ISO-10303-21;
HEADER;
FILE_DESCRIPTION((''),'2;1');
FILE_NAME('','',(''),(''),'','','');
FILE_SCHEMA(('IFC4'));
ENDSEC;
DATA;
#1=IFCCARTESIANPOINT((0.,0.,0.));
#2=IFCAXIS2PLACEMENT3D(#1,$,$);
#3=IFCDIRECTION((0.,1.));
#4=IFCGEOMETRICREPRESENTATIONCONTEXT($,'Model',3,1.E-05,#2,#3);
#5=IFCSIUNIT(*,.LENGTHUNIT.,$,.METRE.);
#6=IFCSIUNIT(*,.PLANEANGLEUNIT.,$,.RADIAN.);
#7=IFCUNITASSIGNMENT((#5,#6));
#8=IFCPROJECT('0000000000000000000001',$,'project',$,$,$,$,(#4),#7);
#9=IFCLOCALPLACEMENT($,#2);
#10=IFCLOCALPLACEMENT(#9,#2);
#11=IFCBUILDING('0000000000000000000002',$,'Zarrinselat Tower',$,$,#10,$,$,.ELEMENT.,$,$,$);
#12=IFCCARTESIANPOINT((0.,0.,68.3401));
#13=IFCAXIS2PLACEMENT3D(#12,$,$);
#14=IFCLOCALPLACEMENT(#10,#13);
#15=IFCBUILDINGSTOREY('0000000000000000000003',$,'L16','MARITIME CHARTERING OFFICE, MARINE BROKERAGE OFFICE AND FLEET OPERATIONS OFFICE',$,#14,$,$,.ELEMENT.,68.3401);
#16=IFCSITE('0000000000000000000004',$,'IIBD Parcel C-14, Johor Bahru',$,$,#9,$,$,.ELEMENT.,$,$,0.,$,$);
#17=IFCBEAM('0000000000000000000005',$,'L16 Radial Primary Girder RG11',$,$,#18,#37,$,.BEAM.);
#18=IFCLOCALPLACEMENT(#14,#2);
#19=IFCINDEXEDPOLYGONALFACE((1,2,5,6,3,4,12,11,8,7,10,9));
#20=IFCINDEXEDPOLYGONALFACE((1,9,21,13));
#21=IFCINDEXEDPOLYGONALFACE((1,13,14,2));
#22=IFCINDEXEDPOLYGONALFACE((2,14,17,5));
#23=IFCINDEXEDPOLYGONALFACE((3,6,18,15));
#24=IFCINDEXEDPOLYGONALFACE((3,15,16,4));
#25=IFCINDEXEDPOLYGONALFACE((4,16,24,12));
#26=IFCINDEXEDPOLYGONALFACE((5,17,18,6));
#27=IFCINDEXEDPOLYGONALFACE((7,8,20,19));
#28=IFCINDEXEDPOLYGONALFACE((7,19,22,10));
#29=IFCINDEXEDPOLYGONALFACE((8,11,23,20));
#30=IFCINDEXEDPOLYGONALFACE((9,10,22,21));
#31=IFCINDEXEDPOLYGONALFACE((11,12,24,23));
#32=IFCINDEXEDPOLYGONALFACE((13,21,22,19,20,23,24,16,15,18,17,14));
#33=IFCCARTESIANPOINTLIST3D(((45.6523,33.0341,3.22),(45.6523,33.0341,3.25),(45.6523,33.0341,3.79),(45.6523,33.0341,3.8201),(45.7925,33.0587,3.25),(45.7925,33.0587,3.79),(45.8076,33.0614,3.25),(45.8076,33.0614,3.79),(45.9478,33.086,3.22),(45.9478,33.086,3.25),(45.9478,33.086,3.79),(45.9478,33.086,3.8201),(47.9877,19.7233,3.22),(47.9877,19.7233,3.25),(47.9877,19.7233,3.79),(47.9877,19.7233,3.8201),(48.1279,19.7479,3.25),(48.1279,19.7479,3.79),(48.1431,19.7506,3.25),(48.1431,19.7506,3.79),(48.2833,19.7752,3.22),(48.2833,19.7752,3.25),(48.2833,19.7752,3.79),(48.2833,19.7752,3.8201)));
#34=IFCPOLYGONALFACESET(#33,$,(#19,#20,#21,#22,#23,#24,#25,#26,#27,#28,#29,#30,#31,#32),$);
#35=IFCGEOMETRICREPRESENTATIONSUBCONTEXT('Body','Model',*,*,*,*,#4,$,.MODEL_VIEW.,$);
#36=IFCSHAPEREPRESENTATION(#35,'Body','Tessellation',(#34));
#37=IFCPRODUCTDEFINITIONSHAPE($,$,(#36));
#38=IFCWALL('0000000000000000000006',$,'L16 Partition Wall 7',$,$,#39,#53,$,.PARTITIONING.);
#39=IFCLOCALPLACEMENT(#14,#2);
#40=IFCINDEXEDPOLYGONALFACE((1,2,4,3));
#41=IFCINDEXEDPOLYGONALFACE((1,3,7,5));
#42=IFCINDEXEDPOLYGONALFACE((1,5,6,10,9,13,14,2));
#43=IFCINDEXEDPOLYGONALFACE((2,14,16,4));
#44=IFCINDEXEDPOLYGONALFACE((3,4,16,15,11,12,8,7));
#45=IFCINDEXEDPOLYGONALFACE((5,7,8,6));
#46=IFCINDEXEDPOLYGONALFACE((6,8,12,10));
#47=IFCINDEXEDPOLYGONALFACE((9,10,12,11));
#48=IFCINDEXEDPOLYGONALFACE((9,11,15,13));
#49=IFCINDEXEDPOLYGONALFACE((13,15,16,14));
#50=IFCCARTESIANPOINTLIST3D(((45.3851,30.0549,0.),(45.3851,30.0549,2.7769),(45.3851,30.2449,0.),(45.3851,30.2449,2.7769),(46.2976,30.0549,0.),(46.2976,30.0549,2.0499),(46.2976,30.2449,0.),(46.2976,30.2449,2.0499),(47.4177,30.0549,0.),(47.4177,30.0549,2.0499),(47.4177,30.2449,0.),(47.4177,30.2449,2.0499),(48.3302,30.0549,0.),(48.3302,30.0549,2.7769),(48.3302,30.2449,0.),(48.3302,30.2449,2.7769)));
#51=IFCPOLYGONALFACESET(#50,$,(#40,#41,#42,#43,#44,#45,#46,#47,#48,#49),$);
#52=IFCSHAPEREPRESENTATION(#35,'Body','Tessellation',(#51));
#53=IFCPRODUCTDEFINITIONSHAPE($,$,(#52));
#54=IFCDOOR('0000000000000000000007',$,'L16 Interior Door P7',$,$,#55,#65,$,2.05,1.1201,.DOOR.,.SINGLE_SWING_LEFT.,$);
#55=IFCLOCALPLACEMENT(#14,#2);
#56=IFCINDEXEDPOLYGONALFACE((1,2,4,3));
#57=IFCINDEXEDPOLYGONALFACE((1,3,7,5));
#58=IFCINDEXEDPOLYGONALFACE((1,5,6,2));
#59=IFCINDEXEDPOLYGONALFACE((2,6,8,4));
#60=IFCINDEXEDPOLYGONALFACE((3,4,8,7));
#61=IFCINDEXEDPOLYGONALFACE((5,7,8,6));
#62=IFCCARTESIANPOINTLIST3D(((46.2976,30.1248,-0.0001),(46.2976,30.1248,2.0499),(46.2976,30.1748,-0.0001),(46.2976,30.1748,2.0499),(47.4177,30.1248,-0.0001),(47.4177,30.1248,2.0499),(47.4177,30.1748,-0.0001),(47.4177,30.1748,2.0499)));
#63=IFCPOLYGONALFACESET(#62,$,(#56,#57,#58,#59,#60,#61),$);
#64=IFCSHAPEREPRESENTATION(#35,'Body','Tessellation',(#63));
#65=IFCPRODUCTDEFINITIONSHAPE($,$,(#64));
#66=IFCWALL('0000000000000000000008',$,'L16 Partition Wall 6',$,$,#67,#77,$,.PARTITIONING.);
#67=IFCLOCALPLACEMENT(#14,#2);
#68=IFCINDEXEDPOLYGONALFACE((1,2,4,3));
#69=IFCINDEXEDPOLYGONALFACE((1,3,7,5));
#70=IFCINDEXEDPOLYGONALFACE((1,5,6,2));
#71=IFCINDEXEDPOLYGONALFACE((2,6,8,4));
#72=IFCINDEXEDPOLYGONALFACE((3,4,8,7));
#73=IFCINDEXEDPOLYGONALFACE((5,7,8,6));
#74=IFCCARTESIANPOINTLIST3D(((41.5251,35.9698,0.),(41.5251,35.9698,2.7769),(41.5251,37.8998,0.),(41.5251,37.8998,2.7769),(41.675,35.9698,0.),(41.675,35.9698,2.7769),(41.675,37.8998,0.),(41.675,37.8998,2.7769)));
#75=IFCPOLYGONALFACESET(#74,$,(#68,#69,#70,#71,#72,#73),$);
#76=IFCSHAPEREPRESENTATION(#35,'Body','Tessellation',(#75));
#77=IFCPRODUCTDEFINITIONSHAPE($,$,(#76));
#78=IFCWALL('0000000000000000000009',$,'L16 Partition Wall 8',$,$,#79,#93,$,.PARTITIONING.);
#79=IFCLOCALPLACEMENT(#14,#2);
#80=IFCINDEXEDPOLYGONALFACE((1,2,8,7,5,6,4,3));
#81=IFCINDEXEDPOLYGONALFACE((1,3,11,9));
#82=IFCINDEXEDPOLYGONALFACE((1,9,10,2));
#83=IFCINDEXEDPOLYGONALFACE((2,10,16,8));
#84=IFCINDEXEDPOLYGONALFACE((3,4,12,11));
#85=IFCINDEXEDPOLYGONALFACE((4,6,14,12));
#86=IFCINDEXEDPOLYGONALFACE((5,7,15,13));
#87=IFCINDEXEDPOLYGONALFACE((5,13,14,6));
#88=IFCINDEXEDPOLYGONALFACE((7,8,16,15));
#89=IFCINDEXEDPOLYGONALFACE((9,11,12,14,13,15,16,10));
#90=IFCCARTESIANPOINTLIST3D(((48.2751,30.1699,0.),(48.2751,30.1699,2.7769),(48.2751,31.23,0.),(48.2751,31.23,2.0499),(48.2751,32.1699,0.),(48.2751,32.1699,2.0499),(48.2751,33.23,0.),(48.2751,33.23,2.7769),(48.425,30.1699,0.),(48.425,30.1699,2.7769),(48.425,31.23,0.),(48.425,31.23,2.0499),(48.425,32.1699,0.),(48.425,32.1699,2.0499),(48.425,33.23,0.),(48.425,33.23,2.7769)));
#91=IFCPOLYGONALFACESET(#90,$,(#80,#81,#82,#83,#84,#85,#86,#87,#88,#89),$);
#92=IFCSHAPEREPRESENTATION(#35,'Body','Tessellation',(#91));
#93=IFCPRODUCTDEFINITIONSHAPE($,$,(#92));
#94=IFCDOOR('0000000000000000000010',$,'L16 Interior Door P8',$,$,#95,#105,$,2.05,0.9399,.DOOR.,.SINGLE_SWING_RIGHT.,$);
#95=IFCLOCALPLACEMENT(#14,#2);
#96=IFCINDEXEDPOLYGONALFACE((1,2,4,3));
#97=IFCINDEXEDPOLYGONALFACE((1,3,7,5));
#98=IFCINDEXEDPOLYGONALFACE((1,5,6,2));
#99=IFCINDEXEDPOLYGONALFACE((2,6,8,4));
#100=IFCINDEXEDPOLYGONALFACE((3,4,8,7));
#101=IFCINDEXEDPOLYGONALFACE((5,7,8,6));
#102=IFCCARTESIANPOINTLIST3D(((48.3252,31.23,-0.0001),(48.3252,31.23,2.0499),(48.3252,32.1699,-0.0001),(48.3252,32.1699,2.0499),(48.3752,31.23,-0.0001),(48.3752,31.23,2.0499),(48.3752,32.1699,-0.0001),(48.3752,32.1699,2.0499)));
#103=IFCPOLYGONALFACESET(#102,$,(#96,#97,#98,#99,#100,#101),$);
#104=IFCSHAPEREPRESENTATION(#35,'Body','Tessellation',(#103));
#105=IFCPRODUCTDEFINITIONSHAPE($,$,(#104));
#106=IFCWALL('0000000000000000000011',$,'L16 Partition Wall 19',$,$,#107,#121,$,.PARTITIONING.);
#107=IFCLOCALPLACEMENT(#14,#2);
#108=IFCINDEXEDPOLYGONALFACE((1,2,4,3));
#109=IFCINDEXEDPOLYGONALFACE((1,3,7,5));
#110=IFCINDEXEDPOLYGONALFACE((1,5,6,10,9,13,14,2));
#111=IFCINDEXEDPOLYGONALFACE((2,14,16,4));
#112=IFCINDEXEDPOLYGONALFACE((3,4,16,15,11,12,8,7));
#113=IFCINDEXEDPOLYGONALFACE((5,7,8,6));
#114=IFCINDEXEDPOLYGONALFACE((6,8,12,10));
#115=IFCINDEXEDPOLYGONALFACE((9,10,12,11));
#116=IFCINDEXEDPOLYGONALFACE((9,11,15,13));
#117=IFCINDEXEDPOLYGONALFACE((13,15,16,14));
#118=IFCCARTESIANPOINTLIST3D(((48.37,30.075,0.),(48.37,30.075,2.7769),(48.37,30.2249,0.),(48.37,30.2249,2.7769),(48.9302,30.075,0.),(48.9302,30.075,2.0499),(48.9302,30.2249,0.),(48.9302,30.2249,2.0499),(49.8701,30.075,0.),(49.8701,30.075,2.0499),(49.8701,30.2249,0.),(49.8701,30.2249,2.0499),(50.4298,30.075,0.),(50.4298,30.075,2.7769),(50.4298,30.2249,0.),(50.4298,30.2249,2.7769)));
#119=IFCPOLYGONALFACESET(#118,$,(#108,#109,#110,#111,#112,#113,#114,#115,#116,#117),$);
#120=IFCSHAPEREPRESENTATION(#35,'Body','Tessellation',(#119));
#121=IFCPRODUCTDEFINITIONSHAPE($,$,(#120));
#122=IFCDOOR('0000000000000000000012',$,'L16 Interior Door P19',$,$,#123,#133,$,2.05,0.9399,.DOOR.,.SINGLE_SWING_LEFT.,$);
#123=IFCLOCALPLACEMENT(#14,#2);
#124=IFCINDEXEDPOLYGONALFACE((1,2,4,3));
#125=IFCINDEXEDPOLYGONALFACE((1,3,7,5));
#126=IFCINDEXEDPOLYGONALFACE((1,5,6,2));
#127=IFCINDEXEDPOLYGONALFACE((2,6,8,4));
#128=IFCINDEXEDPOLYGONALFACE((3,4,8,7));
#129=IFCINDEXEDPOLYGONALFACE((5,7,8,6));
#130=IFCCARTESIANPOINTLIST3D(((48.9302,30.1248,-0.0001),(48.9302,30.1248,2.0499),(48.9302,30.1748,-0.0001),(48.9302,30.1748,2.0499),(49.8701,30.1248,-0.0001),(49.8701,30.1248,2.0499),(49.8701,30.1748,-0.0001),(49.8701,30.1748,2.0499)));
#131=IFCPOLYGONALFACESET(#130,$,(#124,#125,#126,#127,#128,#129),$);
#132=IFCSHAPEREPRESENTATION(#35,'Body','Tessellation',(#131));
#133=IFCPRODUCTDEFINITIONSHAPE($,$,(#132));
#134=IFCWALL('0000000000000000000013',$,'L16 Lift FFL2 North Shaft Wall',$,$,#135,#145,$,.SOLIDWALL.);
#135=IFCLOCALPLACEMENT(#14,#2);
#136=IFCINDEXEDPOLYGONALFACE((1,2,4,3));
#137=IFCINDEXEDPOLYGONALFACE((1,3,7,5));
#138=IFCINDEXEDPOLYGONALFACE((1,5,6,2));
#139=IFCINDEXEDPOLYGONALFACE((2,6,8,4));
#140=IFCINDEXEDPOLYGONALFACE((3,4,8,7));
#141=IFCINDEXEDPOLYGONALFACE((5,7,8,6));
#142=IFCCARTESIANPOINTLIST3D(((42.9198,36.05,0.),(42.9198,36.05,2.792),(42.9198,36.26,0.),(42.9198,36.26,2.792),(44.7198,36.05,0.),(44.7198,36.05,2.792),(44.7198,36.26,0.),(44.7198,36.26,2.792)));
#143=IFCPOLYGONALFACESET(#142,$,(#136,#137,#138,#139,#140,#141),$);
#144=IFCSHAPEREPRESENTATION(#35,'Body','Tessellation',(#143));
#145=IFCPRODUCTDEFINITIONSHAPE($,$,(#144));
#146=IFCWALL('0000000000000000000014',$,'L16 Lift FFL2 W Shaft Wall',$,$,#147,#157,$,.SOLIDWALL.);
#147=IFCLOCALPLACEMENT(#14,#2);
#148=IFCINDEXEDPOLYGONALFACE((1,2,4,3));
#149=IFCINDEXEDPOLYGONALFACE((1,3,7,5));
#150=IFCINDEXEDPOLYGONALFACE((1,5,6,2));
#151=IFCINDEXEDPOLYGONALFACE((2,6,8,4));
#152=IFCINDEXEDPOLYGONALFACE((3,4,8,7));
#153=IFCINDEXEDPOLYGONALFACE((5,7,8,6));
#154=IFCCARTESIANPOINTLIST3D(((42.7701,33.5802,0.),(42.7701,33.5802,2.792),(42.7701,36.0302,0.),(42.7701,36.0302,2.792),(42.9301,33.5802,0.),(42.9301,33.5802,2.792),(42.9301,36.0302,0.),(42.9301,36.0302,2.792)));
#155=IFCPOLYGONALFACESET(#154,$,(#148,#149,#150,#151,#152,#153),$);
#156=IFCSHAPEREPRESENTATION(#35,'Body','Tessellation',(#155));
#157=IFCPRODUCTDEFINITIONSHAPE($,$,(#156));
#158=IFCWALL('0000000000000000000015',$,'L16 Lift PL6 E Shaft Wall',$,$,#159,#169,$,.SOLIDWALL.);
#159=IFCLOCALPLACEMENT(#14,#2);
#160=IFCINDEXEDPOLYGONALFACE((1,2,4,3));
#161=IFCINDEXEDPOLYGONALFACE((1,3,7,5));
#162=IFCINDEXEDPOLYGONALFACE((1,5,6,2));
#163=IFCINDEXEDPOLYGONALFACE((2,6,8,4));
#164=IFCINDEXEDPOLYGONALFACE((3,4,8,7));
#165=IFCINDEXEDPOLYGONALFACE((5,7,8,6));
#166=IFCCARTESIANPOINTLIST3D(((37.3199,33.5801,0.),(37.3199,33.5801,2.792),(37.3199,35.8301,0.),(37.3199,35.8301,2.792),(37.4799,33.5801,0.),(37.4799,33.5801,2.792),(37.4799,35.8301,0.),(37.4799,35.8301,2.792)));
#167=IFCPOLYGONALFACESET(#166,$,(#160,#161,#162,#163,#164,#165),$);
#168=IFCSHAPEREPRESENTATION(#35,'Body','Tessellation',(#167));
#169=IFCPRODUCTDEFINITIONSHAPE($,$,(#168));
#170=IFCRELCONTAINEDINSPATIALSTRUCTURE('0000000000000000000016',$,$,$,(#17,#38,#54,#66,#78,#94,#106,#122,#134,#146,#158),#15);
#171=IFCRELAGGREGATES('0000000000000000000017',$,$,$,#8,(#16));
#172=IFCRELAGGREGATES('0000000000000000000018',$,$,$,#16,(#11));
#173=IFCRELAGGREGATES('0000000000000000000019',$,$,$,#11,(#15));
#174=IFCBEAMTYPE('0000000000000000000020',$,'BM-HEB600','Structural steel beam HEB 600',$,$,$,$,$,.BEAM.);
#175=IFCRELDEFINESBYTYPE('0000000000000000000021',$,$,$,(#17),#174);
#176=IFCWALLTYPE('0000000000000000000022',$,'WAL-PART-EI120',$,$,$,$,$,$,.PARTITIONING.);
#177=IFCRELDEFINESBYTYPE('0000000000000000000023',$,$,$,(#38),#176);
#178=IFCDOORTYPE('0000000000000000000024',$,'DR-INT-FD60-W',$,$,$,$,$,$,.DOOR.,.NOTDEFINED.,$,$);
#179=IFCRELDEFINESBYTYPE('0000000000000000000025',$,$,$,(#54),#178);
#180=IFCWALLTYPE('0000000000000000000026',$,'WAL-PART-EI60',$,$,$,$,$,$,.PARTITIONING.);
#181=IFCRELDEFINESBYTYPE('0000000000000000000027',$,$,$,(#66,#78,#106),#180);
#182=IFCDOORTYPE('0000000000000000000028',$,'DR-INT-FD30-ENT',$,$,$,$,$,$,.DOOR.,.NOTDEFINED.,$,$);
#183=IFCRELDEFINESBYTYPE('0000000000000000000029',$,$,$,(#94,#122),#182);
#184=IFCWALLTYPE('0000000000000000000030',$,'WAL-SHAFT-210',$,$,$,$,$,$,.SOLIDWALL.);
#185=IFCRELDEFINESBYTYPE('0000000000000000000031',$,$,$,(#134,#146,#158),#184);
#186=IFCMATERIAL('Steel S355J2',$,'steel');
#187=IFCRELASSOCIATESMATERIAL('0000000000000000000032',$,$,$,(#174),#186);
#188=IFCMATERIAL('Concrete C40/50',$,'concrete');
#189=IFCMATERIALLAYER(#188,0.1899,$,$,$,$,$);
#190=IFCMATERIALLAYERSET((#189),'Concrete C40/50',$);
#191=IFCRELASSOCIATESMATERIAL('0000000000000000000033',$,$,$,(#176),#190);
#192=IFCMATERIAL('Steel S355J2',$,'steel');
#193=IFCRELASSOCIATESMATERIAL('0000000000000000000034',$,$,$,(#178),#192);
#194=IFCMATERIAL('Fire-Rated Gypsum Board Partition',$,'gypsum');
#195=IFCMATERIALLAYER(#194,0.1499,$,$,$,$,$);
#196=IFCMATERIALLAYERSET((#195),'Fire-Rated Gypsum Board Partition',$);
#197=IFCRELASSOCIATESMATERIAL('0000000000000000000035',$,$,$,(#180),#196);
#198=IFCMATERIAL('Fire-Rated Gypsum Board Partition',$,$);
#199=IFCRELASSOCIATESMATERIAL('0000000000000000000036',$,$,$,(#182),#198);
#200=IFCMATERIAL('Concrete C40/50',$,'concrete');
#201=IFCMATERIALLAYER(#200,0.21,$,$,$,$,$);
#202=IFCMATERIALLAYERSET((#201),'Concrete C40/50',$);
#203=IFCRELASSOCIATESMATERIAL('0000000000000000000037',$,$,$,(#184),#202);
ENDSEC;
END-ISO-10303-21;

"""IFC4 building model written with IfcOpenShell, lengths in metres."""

from ifc_helpers import new_model, si_unit, direction, frame, frame_2d, origin, origin_2d, place, context, subcontext, project, spatial, rectangle, i_section, extrude, material, layer, layer_set, material_profile, profile_set, type_object, element, fill, save


model = new_model("IFC4")

# Units and contexts
model_context = context("Model", 3, precision=1e-05, world=origin(), true_north=direction((0.0, 1.0)))
body_context = subcontext(model_context, "Body", "Model", "MODEL_VIEW")
ifc_project = project(units=[si_unit("LENGTHUNIT", "METRE"), si_unit("PLANEANGLEUNIT", "RADIAN")], contexts=[model_context])

# Site, building, storey
site_placement = place(None, origin())
site = spatial("IfcSite", under=ifc_project, at=site_placement, Name="IIBD Parcel C-14, Johor Bahru", CompositionType="ELEMENT", RefElevation=0.0)
building_placement = place(site_placement, origin())
building = spatial("IfcBuilding", under=site, at=building_placement, Name="Zarrinselat Tower", CompositionType="ELEMENT")
storey_placement = place(building_placement, frame((0.0, 0.0, 68.3401)))
storey = spatial("IfcBuildingStorey", under=building, at=storey_placement, Name="L16", Description="MARITIME CHARTERING OFFICE, MARINE BROKERAGE OFFICE AND FLEET OPERATIONS OFFICE", CompositionType="ELEMENT", Elevation=68.3401)

# Beam
ifc_material_1 = material(Name="Steel S355J2", Category="steel")
ifc_material_profile = material_profile(ifc_material_1, i_section(OverallWidth=0.3, OverallDepth=0.6001, WebThickness=0.0154, FlangeThickness=0.03, at=origin_2d()), Name="HEB 600")
ifc_profile_set = profile_set([ifc_material_profile], Name="Steel S355J2")
beam_type = type_object("IfcBeamType", Name="BM-HEB600", Description="Structural steel beam HEB 600", PredefinedType="BEAM", material=ifc_profile_set)
beam_placement = place(storey_placement, frame((45.8, 33.0601, 3.52), z_axis=(0.172815, -0.984954, 0.0), x_axis=(0.984954, 0.172815, 0.0)))
element("IfcBeam", 1, at=beam_placement, inside=storey, type_object=beam_type, Name="L16 Radial Primary Girder RG11", PredefinedType="BEAM", context=body_context, shape_type="SweptSolid", body=[
    extrude(i_section(OverallWidth=0.3, OverallDepth=0.6001, WebThickness=0.0154, FlangeThickness=0.03, at=origin_2d()), origin(), (0.0, 0.0, 1.0), 13.5142),
])

# Wall, opening, door
ifc_material_2 = material(Name="Concrete C40/50", Category="concrete")
ifc_layer_1 = layer(ifc_material_2, 0.1899)
ifc_layer_set_1 = layer_set([ifc_layer_1], Name="Concrete C40/50")
wall_type_1 = type_object("IfcWallType", Name="WAL-PART-EI120", PredefinedType="PARTITIONING", material=ifc_layer_set_1)
wall_1_placement = place(storey_placement, frame((45.385, 30.1499, 0.0), z_axis=(0.0, 0.0, 1.0), x_axis=(1.0, 0.0, 0.0)))
wall_1 = element("IfcWall", 2, at=wall_1_placement, inside=storey, type_object=wall_type_1, Name="L16 Partition Wall 7", PredefinedType="PARTITIONING", context=body_context, shape_type="SweptSolid", body=[
    extrude(rectangle(XDim=2.9451, YDim=0.1899, at=frame_2d((1.4727, 0.0))), origin(), (0.0, 0.0, 1.0), 2.7769),
])
opening_1_placement = place(wall_1_placement, frame((0.9126, 0.0, 0.0)))
opening_1 = element("IfcOpeningElement", 3, at=opening_1_placement, cuts=wall_1, PredefinedType="OPENING", context=body_context, shape_type="SweptSolid", body=[
    extrude(rectangle(XDim=1.1201, YDim=2.05, at=frame_2d((0.5601, 1.0249))), frame((0.0, 0.105, 0.0), z_axis=(0.0, -1.0, 0.0), x_axis=(1.0, 0.0, 0.0)), (0.0, 0.0, 1.0), 0.21),
])
ifc_material_3 = material(Name="Steel S355J2", Category="steel")
door_type_1 = type_object("IfcDoorType", Name="DR-INT-FD60-W", OperationType="NOTDEFINED", PredefinedType="DOOR", material=ifc_material_3)
door_1_placement = place(opening_1_placement, origin())
door_1 = element("IfcDoor", 4, at=door_1_placement, inside=storey, type_object=door_type_1, Name="L16 Interior Door P7", OperationType="SINGLE_SWING_LEFT", OverallHeight=2.05, OverallWidth=1.1201, PredefinedType="DOOR", context=body_context, shape_type="SweptSolid", body=[
    extrude(rectangle(XDim=1.1201, YDim=2.05, at=frame_2d((0.5601, 1.0249))), frame((0.0, 0.0249, 0.0), z_axis=(0.0, -1.0, 0.0), x_axis=(1.0, 0.0, 0.0)), (0.0, 0.0, 1.0), 0.05),
])
fill(opening_1, door_1)

# Wall
ifc_material_4 = material(Name="Fire-Rated Gypsum Board Partition", Category="gypsum")
ifc_layer_2 = layer(ifc_material_4, 0.1499)
ifc_layer_set_2 = layer_set([ifc_layer_2], Name="Fire-Rated Gypsum Board Partition")
wall_type_2 = type_object("IfcWallType", Name="WAL-PART-EI60", PredefinedType="PARTITIONING", material=ifc_layer_set_2)
wall_2_placement = place(storey_placement, frame((41.6001, 35.97, 0.0), z_axis=(0.0, 0.0, 1.0), x_axis=(0.0, 1.0, 0.0)))
element("IfcWall", 5, at=wall_2_placement, inside=storey, type_object=wall_type_2, Name="L16 Partition Wall 6", PredefinedType="PARTITIONING", context=body_context, shape_type="SweptSolid", body=[
    extrude(rectangle(XDim=1.9299, YDim=0.1499, at=frame_2d((0.9648, 0.0))), origin(), (0.0, 0.0, 1.0), 2.7769),
])

# Walls, openings, doors
wall_3_placement = place(storey_placement, frame((48.3501, 30.1699, 0.0), z_axis=(0.0, 0.0, 1.0), x_axis=(0.0, 1.0, 0.0)))
wall_3 = element("IfcWall", 6, at=wall_3_placement, inside=storey, type_object=wall_type_2, Name="L16 Partition Wall 8", PredefinedType="PARTITIONING", context=body_context, shape_type="SweptSolid", body=[
    extrude(rectangle(XDim=3.0601, YDim=0.1499, at=frame_2d((1.53, 0.0))), origin(), (0.0, 0.0, 1.0), 2.7769),
])
opening_2_placement = place(wall_3_placement, frame((1.0601, 0.0, 0.0)))
opening_2 = element("IfcOpeningElement", 7, at=opening_2_placement, cuts=wall_3, PredefinedType="OPENING", context=body_context, shape_type="SweptSolid", body=[
    extrude(rectangle(XDim=0.9399, YDim=2.05, at=frame_2d((0.47, 1.0249))), frame((0.0, 0.085, 0.0), z_axis=(0.0, -1.0, 0.0), x_axis=(1.0, 0.0, 0.0)), (0.0, 0.0, 1.0), 0.1699),
])
ifc_material_5 = material(Name="Fire-Rated Gypsum Board Partition")
door_type_2 = type_object("IfcDoorType", Name="DR-INT-FD30-ENT", OperationType="NOTDEFINED", PredefinedType="DOOR", material=ifc_material_5)
door_2_placement = place(opening_2_placement, origin())
door_2 = element("IfcDoor", 8, at=door_2_placement, inside=storey, type_object=door_type_2, Name="L16 Interior Door P8", OperationType="SINGLE_SWING_RIGHT", OverallHeight=2.05, OverallWidth=0.9399, PredefinedType="DOOR", context=body_context, shape_type="SweptSolid", body=[
    extrude(rectangle(XDim=0.9399, YDim=2.05, at=frame_2d((0.47, 1.0249))), frame((0.0, 0.0249, 0.0), z_axis=(0.0, -1.0, 0.0), x_axis=(1.0, 0.0, 0.0)), (0.0, 0.0, 1.0), 0.05),
])
fill(opening_2, door_2)
wall_4_placement = place(storey_placement, frame((48.3701, 30.1499, 0.0), z_axis=(0.0, 0.0, 1.0), x_axis=(1.0, 0.0, 0.0)))
wall_4 = element("IfcWall", 9, at=wall_4_placement, inside=storey, type_object=wall_type_2, Name="L16 Partition Wall 19", PredefinedType="PARTITIONING", context=body_context, shape_type="SweptSolid", body=[
    extrude(rectangle(XDim=2.0598, YDim=0.1499, at=frame_2d((1.0298, 0.0))), origin(), (0.0, 0.0, 1.0), 2.7769),
])
opening_3_placement = place(wall_4_placement, frame((0.5601, 0.0, 0.0)))
opening_3 = element("IfcOpeningElement", 10, at=opening_3_placement, cuts=wall_4, PredefinedType="OPENING", context=body_context, shape_type="SweptSolid", body=[
    extrude(rectangle(XDim=0.9399, YDim=2.05, at=frame_2d((0.47, 1.0249))), frame((0.0, 0.085, 0.0), z_axis=(0.0, -1.0, 0.0), x_axis=(1.0, 0.0, 0.0)), (0.0, 0.0, 1.0), 0.1699),
])
door_3_placement = place(opening_3_placement, origin())
door_3 = element("IfcDoor", 11, at=door_3_placement, inside=storey, type_object=door_type_2, Name="L16 Interior Door P19", OperationType="SINGLE_SWING_LEFT", OverallHeight=2.05, OverallWidth=0.9399, PredefinedType="DOOR", context=body_context, shape_type="SweptSolid", body=[
    extrude(rectangle(XDim=0.9399, YDim=2.05, at=frame_2d((0.47, 1.0249))), frame((0.0, 0.0249, 0.0), z_axis=(0.0, -1.0, 0.0), x_axis=(1.0, 0.0, 0.0)), (0.0, 0.0, 1.0), 0.05),
])
fill(opening_3, door_3)

# Walls
ifc_material_6 = material(Name="Concrete C40/50", Category="concrete")
ifc_layer_3 = layer(ifc_material_6, 0.21)
ifc_layer_set_3 = layer_set([ifc_layer_3], Name="Concrete C40/50")
wall_type_3 = type_object("IfcWallType", Name="WAL-SHAFT-210", PredefinedType="SOLIDWALL", material=ifc_layer_set_3)
wall_5_placement = place(storey_placement, frame((42.9199, 36.155, 0.0), z_axis=(0.0, 0.0, 1.0), x_axis=(1.0, 0.0, 0.0)))
element("IfcWall", 12, at=wall_5_placement, inside=storey, type_object=wall_type_3, Name="L16 Lift FFL2 North Shaft Wall", PredefinedType="SOLIDWALL", context=body_context, shape_type="SweptSolid", body=[
    extrude(rectangle(XDim=1.8, YDim=0.21, at=frame_2d((0.8999, 0.0))), origin(), (0.0, 0.0, 1.0), 2.792),
])
wall_6_placement = place(storey_placement, frame((42.8501, 33.5801, 0.0), z_axis=(0.0, 0.0, 1.0), x_axis=(0.0, 1.0, 0.0)))
element("IfcWall", 13, at=wall_6_placement, inside=storey, type_object=wall_type_3, Name="L16 Lift FFL2 W Shaft Wall", PredefinedType="SOLIDWALL", context=body_context, shape_type="SweptSolid", body=[
    extrude(rectangle(XDim=2.45, YDim=0.1599, at=frame_2d((1.2251, 0.0))), origin(), (0.0, 0.0, 1.0), 2.792),
])
wall_7_placement = place(storey_placement, frame((37.3999, 33.5801, 0.0), z_axis=(0.0, 0.0, 1.0), x_axis=(0.0, 1.0, 0.0)))
element("IfcWall", 14, at=wall_7_placement, inside=storey, type_object=wall_type_3, Name="L16 Lift PL6 E Shaft Wall", PredefinedType="SOLIDWALL", context=body_context, shape_type="SweptSolid", body=[
    extrude(rectangle(XDim=2.25, YDim=0.1599, at=frame_2d((1.125, 0.0))), origin(), (0.0, 0.0, 1.0), 2.792),
])

save(model, "model.ifc")
